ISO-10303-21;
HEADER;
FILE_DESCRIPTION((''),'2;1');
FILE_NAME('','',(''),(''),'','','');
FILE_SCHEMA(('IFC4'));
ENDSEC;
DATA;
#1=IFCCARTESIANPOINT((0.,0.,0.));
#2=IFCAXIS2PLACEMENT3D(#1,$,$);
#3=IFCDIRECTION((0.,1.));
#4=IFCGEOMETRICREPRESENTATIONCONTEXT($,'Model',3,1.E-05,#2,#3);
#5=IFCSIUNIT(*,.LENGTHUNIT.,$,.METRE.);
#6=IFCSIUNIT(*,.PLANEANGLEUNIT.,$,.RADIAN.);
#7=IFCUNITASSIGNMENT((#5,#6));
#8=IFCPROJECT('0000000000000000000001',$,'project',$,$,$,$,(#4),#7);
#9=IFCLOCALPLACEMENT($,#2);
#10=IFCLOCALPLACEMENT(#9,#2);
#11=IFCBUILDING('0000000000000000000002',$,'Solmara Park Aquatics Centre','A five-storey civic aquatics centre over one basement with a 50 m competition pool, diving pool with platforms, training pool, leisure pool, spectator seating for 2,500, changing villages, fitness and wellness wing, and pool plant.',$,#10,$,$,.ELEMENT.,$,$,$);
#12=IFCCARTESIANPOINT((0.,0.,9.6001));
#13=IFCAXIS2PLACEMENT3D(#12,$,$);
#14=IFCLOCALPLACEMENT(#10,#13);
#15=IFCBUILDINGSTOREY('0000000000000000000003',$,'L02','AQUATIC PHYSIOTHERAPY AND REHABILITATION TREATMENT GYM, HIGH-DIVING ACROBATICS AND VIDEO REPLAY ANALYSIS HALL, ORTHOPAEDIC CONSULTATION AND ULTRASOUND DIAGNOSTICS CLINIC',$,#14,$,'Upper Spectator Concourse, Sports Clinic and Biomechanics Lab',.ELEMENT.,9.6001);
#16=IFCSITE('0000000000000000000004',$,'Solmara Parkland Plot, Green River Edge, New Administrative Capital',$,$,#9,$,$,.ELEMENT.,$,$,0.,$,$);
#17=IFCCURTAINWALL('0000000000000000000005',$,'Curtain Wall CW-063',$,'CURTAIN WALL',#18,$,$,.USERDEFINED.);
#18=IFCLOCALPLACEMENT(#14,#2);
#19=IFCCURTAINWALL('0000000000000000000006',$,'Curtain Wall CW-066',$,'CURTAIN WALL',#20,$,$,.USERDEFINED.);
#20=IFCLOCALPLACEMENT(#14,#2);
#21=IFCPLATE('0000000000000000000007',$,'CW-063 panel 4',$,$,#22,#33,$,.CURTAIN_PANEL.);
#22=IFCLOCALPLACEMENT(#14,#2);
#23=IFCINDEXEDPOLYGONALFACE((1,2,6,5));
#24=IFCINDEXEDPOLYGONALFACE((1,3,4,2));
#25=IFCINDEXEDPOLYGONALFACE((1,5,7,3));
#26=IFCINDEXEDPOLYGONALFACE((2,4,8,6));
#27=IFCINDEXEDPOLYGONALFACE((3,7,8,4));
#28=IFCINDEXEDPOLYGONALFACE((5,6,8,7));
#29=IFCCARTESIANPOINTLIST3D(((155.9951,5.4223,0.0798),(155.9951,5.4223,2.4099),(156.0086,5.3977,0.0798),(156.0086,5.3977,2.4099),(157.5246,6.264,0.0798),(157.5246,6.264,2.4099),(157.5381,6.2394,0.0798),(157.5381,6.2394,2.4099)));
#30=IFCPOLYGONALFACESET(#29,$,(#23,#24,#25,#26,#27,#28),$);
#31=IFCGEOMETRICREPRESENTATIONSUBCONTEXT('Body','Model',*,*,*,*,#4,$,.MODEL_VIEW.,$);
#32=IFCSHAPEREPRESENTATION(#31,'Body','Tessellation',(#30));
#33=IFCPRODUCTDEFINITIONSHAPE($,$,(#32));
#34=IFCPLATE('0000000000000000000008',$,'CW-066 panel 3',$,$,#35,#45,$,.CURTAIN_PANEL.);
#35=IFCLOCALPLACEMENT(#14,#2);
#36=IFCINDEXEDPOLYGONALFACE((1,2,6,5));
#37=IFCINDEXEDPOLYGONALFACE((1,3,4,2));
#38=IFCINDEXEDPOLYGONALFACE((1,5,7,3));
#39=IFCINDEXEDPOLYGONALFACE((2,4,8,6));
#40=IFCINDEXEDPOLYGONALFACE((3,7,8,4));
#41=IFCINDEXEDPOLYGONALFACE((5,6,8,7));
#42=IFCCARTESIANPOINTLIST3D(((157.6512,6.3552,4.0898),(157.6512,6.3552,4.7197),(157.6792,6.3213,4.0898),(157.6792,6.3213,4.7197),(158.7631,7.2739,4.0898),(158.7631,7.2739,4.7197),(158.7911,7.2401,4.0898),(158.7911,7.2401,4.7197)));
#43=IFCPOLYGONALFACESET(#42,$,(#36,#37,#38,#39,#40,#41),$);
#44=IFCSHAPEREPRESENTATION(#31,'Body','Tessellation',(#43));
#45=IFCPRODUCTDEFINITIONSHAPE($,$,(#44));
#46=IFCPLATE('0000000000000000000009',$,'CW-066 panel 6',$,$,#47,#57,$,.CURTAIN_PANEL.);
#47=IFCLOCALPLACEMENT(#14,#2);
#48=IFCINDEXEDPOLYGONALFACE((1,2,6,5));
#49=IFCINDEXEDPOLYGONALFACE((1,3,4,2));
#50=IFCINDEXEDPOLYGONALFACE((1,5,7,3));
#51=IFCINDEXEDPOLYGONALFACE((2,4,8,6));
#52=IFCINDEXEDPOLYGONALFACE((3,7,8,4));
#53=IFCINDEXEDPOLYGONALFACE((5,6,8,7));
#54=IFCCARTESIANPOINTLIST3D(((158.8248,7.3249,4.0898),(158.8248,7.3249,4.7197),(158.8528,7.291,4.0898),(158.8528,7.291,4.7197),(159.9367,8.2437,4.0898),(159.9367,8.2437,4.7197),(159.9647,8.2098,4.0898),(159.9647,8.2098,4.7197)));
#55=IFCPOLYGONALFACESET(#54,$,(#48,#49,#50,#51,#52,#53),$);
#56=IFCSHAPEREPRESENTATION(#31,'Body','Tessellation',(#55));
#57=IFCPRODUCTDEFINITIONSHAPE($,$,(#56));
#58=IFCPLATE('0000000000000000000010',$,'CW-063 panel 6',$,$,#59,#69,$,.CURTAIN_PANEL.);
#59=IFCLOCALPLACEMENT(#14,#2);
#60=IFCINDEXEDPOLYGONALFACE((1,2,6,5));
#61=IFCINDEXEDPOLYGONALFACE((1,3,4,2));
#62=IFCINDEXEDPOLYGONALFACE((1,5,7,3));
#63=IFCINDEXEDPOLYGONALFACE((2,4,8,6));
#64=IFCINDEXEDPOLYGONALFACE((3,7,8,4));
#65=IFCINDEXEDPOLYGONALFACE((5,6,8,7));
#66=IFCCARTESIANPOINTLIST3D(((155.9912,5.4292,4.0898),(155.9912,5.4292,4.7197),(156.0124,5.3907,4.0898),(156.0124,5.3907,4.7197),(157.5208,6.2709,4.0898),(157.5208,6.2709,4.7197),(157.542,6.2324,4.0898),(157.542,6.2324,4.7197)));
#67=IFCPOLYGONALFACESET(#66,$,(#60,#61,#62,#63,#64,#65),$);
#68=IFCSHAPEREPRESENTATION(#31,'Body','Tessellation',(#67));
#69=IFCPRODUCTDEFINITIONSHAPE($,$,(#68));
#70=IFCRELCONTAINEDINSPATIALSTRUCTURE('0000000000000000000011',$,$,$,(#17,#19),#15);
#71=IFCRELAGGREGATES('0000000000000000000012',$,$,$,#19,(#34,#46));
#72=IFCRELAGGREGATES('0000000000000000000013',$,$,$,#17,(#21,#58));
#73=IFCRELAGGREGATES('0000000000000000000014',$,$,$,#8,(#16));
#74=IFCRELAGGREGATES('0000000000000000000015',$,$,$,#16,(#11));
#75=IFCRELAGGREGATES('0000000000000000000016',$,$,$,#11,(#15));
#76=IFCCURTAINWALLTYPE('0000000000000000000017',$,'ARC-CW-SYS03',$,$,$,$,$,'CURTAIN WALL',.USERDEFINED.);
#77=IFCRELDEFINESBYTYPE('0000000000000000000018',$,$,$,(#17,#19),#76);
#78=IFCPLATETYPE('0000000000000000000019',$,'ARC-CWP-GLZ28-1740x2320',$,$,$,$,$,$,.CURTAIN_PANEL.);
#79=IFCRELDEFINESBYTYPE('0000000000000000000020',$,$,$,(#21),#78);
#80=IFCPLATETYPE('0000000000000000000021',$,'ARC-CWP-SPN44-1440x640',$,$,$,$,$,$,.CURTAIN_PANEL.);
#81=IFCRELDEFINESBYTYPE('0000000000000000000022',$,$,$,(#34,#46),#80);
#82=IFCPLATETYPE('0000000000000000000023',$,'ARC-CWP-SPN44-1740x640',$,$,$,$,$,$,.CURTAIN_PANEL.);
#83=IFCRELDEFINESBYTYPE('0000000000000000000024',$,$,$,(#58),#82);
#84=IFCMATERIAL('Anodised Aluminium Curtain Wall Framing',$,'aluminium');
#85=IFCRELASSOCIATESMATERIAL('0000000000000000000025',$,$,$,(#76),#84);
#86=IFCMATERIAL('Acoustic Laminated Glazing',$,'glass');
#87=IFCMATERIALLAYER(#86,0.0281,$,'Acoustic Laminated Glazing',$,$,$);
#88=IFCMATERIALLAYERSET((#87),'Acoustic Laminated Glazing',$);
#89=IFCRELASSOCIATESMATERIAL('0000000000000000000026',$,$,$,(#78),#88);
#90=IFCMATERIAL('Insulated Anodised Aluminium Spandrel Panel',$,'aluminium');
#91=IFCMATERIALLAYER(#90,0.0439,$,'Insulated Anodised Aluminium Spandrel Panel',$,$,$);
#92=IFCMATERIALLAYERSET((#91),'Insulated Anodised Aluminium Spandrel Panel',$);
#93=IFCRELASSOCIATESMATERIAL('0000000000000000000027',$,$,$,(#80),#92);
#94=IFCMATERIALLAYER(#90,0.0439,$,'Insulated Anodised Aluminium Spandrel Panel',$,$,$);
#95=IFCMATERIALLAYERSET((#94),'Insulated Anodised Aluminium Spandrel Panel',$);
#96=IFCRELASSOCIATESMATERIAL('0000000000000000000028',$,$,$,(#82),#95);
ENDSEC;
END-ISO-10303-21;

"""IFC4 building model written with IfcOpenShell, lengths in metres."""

from ifc_helpers import new_model, si_unit, direction, frame, origin, origin_2d, place, context, subcontext, project, spatial, rectangle, extrude, material, layer, layer_set, type_object, element, aggregate, save


model = new_model("IFC4")

# Units and contexts
model_context = context("Model", 3, precision=1e-05, world=origin(), true_north=direction((0.0, 1.0)))
body_context = subcontext(model_context, "Body", "Model", "MODEL_VIEW")
ifc_project = project(units=[si_unit("LENGTHUNIT", "METRE"), si_unit("PLANEANGLEUNIT", "RADIAN")], contexts=[model_context])

# Site, building, storey
site_placement = place(None, origin())
site = spatial("IfcSite", under=ifc_project, at=site_placement, Name="Solmara Parkland Plot, Green River Edge, New Administrative Capital", CompositionType="ELEMENT", RefElevation=0.0)
building_placement = place(site_placement, origin())
building = spatial("IfcBuilding", under=site, at=building_placement, Name="Solmara Park Aquatics Centre", Description="A five-storey civic aquatics centre over one basement with a 50 m competition pool, diving pool with platforms, training pool, leisure pool, spectator seating for 2,500, changing villages, fitness and wellness wing, and pool plant.", CompositionType="ELEMENT")
storey_placement = place(building_placement, frame((0.0, 0.0, 9.6001)))
storey = spatial("IfcBuildingStorey", under=building, at=storey_placement, Name="L02", Description="AQUATIC PHYSIOTHERAPY AND REHABILITATION TREATMENT GYM, HIGH-DIVING ACROBATICS AND VIDEO REPLAY ANALYSIS HALL, ORTHOPAEDIC CONSULTATION AND ULTRASOUND DIAGNOSTICS CLINIC", LongName="Upper Spectator Concourse, Sports Clinic and Biomechanics Lab", CompositionType="ELEMENT", Elevation=9.6001)

# Curtain wall
ifc_material_1 = material(Name="Anodised Aluminium Curtain Wall Framing", Category="aluminium")
curtain_wall_type = type_object("IfcCurtainWallType", Name="ARC-CW-SYS03", ElementType="CURTAIN WALL", PredefinedType="USERDEFINED", material=ifc_material_1)
curtain_wall_1_placement = place(storey_placement, origin())
curtain_wall_1 = element("IfcCurtainWall", 1, at=curtain_wall_1_placement, inside=storey, type_object=curtain_wall_type, Name="Curtain Wall CW-063", ObjectType="CURTAIN WALL", PredefinedType="USERDEFINED")

# Curtain wall
curtain_wall_2_placement = place(storey_placement, origin())
curtain_wall_2 = element("IfcCurtainWall", 2, at=curtain_wall_2_placement, inside=storey, type_object=curtain_wall_type, Name="Curtain Wall CW-066", ObjectType="CURTAIN WALL", PredefinedType="USERDEFINED")

# Plates
ifc_material_2 = material(Name="Acoustic Laminated Glazing", Category="glass")
ifc_layer_1 = layer(ifc_material_2, 0.0281, Name="Acoustic Laminated Glazing")
ifc_layer_set_1 = layer_set([ifc_layer_1], Name="Acoustic Laminated Glazing")
plate_type_1 = type_object("IfcPlateType", Name="ARC-CWP-GLZ28-1740x2320", PredefinedType="CURTAIN_PANEL", material=ifc_layer_set_1)
plate_1_placement = place(storey_placement, frame((156.7666, 5.8308, 0.0798), z_axis=(0.0, 0.0, 1.0), x_axis=(0.876105, 0.482121, 0.0)))
plate_1 = element("IfcPlate", 3, at=plate_1_placement, type_object=plate_type_1, Name="CW-063 panel 4", PredefinedType="CURTAIN_PANEL", context=body_context, shape_type="SweptSolid", body=[
    extrude(rectangle(XDim=1.7458, YDim=0.0281, at=origin_2d()), origin(), (0.0, 0.0, 1.0), 2.3301),
])
ifc_material_3 = material(Name="Insulated Anodised Aluminium Spandrel Panel", Category="aluminium")
ifc_layer_2 = layer(ifc_material_3, 0.0439, Name="Insulated Anodised Aluminium Spandrel Panel")
ifc_layer_set_2 = layer_set([ifc_layer_2], Name="Insulated Anodised Aluminium Spandrel Panel")
plate_type_2 = type_object("IfcPlateType", Name="ARC-CWP-SPN44-1440x640", PredefinedType="CURTAIN_PANEL", material=ifc_layer_set_2)
plate_2_placement = place(storey_placement, frame((158.2212, 6.7976, 4.0898), z_axis=(0.0, 0.0, 1.0), x_axis=(0.770877, 0.636984, 0.0)))
plate_2 = element("IfcPlate", 4, at=plate_2_placement, type_object=plate_type_2, Name="CW-066 panel 3", PredefinedType="CURTAIN_PANEL", context=body_context, shape_type="SweptSolid", body=[
    extrude(rectangle(XDim=1.4424, YDim=0.0439, at=origin_2d()), origin(), (0.0, 0.0, 1.0), 0.6299),
])
plate_3_placement = place(storey_placement, frame((159.3948, 7.7673, 4.0898), z_axis=(0.0, 0.0, 1.0), x_axis=(0.770877, 0.636984, 0.0)))
plate_3 = element("IfcPlate", 5, at=plate_3_placement, type_object=plate_type_2, Name="CW-066 panel 6", PredefinedType="CURTAIN_PANEL", context=body_context, shape_type="SweptSolid", body=[
    extrude(rectangle(XDim=1.4424, YDim=0.0439, at=origin_2d()), origin(), (0.0, 0.0, 1.0), 0.6299),
])
aggregate(curtain_wall_2, [plate_2, plate_3])
ifc_layer_3 = layer(ifc_material_3, 0.0439, Name="Insulated Anodised Aluminium Spandrel Panel")
ifc_layer_set_3 = layer_set([ifc_layer_3], Name="Insulated Anodised Aluminium Spandrel Panel")
plate_type_3 = type_object("IfcPlateType", Name="ARC-CWP-SPN44-1740x640", PredefinedType="CURTAIN_PANEL", material=ifc_layer_set_3)
plate_4_placement = place(storey_placement, frame((156.7666, 5.8308, 4.0898), z_axis=(0.0, 0.0, 1.0), x_axis=(0.876105, 0.482121, 0.0)))
plate_4 = element("IfcPlate", 6, at=plate_4_placement, type_object=plate_type_3, Name="CW-063 panel 6", PredefinedType="CURTAIN_PANEL", context=body_context, shape_type="SweptSolid", body=[
    extrude(rectangle(XDim=1.7458, YDim=0.0439, at=origin_2d()), origin(), (0.0, 0.0, 1.0), 0.6299),
])
aggregate(curtain_wall_1, [plate_1, plate_4])

save(model, "model.ifc")
